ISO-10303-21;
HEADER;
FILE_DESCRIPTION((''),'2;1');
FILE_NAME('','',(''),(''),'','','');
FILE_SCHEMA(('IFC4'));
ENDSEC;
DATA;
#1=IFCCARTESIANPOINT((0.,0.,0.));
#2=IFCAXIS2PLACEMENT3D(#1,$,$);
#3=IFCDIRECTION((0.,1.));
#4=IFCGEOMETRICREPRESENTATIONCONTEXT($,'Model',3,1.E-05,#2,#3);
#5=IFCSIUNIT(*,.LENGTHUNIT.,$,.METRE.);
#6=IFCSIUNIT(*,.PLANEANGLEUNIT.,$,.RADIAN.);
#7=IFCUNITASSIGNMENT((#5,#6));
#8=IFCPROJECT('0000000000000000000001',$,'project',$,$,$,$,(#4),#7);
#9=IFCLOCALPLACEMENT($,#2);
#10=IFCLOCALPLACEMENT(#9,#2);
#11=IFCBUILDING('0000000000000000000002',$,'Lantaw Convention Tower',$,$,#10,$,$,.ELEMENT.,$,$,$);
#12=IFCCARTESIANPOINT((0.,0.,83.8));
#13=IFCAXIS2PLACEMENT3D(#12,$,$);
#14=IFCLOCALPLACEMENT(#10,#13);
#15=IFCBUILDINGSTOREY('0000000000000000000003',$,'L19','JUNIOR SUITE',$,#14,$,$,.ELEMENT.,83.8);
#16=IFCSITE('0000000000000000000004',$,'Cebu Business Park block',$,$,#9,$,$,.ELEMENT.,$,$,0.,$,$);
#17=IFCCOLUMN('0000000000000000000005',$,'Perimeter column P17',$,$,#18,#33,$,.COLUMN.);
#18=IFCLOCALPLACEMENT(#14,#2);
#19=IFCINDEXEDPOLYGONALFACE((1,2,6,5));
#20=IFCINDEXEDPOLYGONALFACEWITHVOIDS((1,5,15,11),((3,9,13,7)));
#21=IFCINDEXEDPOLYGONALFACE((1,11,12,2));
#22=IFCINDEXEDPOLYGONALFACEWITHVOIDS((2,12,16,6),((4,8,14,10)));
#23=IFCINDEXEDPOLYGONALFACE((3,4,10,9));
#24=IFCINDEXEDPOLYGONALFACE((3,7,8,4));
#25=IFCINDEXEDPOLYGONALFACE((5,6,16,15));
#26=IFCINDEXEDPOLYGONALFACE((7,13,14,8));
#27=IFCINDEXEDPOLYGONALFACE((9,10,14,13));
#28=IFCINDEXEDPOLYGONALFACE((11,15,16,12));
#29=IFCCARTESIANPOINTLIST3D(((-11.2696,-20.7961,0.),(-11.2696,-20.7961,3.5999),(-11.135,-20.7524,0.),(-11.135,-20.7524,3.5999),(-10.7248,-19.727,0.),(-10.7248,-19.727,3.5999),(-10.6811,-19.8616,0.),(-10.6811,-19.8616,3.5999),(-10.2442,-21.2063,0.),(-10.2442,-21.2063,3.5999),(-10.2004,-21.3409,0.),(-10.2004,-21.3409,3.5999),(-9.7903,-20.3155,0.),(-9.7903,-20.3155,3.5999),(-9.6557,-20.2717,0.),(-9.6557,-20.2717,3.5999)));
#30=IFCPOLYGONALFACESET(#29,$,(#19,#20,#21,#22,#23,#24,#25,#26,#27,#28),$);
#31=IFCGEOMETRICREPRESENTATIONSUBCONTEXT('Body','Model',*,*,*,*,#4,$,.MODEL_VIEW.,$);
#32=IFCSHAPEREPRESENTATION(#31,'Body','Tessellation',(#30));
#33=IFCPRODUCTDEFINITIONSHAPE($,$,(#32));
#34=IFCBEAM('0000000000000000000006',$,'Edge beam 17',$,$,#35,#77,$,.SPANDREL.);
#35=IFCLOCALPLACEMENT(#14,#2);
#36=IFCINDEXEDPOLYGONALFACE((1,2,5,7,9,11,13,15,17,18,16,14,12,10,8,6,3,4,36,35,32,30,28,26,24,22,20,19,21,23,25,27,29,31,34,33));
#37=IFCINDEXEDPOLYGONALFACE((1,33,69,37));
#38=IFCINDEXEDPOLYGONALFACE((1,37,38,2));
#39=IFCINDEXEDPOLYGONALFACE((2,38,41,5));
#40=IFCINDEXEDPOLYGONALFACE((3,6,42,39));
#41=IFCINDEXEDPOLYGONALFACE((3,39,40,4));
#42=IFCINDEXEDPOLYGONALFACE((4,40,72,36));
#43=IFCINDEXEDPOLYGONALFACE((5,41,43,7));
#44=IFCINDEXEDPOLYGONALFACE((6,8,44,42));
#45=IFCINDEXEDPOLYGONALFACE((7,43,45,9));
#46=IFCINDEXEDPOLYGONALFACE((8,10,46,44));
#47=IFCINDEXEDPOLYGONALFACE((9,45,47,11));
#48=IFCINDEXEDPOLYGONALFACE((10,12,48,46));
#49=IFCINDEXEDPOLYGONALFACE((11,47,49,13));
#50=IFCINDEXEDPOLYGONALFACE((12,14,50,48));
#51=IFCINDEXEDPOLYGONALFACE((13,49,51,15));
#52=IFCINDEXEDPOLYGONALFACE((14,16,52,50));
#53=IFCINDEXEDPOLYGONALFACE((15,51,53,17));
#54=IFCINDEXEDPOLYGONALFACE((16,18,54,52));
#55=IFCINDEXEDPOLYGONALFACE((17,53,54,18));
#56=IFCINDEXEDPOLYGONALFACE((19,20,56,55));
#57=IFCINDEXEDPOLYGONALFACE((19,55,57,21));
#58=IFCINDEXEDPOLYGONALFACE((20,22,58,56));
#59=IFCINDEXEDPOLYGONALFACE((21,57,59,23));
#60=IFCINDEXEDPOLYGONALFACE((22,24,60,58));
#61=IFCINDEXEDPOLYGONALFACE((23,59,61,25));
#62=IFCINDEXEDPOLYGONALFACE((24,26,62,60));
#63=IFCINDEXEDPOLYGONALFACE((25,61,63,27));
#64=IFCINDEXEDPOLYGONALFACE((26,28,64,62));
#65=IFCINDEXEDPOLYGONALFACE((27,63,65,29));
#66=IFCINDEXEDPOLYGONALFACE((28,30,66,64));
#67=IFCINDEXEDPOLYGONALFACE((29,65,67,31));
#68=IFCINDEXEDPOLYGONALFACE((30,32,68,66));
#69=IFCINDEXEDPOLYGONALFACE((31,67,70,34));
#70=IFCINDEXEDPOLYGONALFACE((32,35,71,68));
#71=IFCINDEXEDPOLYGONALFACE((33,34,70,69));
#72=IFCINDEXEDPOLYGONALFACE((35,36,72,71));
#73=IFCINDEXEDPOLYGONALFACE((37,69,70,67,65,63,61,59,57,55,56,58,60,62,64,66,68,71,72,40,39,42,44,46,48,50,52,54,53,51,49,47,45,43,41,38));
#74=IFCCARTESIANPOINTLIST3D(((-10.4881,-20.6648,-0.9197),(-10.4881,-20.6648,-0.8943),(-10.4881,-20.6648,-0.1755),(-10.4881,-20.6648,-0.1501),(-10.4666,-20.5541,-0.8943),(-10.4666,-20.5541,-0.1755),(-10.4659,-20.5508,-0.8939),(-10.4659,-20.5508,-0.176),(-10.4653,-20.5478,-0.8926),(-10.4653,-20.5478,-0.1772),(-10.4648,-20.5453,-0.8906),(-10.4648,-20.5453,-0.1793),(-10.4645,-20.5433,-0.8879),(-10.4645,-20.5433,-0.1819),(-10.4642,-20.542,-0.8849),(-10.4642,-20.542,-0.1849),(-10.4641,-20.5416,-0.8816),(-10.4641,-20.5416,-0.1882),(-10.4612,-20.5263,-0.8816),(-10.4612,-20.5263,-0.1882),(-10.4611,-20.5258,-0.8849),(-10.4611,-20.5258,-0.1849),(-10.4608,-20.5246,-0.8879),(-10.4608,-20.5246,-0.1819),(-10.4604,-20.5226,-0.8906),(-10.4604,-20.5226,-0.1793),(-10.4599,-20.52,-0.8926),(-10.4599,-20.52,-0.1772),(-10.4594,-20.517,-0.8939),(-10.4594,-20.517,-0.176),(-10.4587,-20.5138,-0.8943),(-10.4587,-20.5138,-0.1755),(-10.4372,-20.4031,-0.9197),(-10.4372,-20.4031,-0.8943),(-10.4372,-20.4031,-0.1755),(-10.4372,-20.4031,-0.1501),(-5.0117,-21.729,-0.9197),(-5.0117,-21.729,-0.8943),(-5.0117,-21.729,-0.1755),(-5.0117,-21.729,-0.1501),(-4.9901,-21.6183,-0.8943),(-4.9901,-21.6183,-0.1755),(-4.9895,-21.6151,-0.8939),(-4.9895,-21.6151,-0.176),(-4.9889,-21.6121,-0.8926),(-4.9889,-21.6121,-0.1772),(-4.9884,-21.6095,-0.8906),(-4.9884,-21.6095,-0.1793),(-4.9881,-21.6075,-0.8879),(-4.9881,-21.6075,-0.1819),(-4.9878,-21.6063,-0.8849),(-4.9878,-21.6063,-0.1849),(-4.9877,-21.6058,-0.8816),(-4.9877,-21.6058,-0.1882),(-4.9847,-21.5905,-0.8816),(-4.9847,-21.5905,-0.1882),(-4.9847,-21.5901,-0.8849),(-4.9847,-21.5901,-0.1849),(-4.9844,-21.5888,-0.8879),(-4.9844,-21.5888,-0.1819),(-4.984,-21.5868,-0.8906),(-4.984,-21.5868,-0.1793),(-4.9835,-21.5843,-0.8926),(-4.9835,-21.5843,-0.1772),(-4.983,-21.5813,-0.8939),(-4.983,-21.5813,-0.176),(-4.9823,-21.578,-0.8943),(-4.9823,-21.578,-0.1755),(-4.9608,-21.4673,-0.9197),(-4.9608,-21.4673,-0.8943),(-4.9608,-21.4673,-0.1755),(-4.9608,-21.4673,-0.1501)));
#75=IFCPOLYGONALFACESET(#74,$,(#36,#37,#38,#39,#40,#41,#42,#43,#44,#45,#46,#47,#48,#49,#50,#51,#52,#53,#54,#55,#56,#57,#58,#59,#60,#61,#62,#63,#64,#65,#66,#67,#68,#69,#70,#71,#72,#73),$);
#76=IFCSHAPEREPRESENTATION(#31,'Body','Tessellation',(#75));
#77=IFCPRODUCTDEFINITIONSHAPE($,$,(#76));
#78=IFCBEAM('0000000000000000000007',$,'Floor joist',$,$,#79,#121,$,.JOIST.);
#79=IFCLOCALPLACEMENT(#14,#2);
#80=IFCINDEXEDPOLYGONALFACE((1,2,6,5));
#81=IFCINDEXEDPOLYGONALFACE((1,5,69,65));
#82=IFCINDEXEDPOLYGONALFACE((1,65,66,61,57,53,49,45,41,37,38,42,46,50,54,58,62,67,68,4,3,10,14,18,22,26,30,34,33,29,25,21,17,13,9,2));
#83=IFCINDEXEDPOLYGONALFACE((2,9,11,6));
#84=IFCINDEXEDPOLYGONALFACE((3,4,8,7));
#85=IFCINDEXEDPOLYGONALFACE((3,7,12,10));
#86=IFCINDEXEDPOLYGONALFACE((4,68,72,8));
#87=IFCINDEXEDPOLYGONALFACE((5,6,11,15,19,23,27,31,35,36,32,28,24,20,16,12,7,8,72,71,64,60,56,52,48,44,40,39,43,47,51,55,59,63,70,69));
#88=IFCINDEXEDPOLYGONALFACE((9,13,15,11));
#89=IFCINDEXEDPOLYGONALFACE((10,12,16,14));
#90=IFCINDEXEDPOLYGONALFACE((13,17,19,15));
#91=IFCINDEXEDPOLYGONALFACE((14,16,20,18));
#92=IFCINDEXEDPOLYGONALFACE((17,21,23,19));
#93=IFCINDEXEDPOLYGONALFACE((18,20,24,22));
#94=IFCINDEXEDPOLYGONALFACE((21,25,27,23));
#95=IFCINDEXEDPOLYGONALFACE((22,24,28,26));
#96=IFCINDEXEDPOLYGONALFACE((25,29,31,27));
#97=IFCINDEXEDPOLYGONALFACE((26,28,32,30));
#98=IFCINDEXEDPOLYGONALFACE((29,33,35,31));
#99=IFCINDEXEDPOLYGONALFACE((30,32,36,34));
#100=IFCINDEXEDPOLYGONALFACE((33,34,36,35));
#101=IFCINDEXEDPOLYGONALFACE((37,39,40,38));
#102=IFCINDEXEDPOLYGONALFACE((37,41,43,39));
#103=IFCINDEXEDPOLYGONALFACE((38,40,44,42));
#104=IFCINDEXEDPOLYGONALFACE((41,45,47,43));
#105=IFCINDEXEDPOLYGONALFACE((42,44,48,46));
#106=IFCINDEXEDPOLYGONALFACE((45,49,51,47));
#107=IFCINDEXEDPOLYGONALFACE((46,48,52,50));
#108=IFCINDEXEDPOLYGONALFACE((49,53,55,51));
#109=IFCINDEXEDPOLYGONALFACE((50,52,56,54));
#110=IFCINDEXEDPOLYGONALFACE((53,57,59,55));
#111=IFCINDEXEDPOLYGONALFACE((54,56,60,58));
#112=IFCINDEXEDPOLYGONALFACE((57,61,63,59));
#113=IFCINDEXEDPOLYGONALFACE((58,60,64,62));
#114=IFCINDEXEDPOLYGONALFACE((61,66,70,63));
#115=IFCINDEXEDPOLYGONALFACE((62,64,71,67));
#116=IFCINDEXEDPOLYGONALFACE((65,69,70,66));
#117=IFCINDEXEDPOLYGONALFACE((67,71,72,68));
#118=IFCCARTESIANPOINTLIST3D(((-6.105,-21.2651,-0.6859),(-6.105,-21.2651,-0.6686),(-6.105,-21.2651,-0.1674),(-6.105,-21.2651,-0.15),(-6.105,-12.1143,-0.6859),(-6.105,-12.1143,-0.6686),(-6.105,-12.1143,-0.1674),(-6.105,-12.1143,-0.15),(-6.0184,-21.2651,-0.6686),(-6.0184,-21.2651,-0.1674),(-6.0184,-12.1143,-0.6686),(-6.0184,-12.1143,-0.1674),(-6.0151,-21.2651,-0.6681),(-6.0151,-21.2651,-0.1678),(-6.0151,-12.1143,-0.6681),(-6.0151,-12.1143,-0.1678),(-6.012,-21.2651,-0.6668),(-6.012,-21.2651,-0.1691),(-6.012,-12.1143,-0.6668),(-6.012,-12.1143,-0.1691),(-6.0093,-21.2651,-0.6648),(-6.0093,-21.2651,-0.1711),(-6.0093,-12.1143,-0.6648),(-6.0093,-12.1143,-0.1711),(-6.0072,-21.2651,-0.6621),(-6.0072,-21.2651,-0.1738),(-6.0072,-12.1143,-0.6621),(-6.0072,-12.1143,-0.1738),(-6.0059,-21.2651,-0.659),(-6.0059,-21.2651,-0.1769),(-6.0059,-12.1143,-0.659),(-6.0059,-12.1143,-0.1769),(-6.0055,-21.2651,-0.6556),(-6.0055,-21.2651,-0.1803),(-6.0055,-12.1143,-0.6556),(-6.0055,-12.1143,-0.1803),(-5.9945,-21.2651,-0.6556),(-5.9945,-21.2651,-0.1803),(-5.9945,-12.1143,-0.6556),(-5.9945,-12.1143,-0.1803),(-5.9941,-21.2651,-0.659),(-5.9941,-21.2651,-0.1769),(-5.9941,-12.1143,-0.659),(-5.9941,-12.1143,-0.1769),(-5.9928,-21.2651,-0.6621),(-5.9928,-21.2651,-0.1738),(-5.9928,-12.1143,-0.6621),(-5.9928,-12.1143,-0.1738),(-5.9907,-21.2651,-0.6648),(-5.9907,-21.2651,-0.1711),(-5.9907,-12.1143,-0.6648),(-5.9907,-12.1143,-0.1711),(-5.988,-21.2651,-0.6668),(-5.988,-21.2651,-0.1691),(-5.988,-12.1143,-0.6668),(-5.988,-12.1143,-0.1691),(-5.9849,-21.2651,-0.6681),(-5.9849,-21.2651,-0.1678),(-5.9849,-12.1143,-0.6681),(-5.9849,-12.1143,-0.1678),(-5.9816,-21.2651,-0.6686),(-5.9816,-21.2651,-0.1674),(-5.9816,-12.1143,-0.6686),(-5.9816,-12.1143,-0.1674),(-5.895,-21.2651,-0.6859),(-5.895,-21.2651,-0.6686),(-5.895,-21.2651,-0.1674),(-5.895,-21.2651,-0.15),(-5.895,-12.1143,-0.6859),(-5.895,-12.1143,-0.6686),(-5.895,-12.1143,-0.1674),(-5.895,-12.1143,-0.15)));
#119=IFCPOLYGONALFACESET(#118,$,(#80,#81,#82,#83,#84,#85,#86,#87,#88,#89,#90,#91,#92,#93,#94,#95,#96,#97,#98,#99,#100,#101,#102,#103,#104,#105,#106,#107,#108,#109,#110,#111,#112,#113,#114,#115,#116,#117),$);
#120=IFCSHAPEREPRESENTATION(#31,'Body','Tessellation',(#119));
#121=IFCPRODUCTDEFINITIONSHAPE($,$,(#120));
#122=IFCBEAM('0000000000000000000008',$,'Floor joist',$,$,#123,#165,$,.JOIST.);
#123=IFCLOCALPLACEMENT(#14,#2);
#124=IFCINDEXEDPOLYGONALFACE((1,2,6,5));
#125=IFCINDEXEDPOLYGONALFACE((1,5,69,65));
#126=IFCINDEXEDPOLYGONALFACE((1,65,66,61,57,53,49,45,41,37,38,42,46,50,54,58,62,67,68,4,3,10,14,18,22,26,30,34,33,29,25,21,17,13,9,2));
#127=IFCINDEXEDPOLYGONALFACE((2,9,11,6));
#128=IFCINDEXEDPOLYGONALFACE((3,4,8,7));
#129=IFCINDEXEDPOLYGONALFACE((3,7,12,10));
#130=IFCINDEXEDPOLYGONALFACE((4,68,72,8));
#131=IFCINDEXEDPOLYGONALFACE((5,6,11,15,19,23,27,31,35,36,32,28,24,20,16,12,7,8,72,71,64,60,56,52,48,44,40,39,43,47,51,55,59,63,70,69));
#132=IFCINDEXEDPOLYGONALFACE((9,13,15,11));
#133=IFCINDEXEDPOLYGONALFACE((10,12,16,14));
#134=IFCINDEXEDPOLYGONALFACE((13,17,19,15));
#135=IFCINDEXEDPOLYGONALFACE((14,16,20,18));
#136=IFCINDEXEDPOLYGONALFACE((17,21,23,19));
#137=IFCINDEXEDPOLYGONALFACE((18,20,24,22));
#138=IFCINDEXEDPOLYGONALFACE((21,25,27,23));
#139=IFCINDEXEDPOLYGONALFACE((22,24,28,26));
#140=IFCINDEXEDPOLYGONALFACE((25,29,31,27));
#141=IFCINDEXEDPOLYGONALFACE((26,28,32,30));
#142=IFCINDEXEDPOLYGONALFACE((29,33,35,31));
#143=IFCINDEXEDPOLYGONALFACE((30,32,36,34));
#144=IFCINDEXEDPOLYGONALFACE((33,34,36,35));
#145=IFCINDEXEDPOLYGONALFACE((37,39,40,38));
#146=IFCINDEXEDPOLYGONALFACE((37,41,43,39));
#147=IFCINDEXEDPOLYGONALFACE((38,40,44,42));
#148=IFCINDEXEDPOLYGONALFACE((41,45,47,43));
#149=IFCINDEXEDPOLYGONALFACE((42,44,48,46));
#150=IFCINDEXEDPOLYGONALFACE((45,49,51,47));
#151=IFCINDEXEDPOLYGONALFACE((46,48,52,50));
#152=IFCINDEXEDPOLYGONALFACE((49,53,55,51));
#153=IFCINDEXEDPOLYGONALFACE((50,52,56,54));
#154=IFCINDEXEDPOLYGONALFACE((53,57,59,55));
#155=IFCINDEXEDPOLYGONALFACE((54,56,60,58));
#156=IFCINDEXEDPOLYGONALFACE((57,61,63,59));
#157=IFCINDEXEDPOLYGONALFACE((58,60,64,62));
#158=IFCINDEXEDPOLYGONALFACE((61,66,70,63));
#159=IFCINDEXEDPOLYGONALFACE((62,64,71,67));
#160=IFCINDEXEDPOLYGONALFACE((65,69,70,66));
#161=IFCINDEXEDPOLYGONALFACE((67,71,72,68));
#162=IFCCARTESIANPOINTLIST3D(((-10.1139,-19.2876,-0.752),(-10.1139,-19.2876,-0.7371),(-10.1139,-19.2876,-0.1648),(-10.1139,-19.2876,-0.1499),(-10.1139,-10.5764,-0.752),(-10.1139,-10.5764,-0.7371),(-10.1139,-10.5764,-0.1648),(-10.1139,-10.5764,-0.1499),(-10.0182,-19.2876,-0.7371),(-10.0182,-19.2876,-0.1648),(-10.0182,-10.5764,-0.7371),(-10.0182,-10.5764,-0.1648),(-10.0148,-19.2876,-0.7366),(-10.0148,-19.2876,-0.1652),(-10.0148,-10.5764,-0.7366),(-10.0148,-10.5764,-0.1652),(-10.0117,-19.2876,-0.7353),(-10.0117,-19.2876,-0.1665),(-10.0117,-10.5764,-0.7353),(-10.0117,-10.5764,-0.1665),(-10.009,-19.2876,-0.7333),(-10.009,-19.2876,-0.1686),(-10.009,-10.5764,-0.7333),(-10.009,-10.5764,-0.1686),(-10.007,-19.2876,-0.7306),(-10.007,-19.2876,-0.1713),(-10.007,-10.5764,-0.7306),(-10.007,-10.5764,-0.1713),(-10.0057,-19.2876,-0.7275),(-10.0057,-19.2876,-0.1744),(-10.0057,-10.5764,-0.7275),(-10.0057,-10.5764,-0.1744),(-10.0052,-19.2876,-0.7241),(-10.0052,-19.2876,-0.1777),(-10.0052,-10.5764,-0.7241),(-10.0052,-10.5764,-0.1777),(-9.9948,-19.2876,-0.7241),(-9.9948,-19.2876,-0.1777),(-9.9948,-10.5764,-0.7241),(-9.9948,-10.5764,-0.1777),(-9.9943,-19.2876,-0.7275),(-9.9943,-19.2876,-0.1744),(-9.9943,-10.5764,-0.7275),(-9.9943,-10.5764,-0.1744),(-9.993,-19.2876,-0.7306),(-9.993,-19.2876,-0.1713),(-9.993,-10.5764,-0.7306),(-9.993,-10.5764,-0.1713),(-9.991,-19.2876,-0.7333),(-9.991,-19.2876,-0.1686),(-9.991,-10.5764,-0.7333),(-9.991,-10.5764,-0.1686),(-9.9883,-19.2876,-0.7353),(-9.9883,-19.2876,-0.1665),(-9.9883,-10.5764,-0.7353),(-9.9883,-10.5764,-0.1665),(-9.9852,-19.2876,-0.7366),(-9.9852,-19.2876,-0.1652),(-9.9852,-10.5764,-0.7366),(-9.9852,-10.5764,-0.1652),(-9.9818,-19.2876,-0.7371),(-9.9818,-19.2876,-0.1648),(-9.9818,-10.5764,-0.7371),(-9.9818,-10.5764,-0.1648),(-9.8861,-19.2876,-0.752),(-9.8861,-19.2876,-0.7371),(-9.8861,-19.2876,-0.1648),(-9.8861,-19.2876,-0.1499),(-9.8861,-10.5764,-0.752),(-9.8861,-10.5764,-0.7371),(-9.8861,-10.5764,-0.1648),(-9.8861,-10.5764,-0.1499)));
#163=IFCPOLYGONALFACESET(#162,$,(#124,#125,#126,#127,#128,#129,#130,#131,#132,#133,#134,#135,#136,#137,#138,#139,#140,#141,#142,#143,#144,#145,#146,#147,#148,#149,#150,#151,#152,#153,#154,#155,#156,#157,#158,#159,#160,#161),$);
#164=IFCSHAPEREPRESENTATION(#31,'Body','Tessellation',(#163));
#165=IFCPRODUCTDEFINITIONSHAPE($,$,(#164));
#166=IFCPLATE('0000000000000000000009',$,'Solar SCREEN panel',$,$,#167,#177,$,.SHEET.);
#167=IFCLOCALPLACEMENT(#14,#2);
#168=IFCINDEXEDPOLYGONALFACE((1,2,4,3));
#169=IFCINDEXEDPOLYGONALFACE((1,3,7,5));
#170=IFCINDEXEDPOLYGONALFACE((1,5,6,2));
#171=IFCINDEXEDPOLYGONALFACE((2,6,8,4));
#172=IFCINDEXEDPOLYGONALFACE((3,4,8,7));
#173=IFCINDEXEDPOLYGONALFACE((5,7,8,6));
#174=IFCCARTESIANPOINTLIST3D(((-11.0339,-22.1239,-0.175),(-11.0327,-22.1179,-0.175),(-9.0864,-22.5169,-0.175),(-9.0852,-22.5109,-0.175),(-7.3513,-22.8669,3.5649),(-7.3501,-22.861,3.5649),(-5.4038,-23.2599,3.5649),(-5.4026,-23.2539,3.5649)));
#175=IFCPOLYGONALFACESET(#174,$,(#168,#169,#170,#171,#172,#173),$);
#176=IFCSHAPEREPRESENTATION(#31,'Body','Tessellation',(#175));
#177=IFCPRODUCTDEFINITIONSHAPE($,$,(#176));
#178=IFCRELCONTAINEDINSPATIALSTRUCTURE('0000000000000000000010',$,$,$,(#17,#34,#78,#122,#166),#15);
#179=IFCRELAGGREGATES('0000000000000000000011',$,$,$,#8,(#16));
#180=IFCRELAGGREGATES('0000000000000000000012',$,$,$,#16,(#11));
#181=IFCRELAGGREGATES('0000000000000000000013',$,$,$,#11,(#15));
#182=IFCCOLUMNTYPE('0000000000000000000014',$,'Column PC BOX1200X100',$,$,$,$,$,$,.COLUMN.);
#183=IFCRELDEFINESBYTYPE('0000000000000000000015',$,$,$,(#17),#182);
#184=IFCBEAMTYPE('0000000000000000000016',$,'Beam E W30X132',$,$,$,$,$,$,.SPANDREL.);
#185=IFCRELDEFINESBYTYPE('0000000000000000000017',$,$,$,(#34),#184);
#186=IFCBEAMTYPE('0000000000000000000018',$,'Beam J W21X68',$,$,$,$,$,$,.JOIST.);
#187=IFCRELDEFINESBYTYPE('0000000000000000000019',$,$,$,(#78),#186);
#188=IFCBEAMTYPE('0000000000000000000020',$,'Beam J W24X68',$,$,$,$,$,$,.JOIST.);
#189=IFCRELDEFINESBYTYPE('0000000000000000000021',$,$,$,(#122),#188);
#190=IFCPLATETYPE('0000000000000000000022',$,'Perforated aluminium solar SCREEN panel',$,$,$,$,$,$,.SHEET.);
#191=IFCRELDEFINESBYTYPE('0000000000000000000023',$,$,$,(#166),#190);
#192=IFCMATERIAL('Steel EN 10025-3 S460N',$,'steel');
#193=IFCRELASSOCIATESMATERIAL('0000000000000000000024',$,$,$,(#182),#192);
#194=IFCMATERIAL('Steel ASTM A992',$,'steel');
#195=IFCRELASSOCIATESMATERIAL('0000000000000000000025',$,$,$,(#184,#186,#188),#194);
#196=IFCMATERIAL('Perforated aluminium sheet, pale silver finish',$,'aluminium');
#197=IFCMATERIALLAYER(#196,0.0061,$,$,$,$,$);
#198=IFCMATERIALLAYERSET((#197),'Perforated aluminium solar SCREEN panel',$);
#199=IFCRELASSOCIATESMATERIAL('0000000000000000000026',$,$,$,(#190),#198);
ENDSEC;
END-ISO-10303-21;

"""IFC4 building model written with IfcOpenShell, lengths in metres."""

from ifc_helpers import new_model, si_unit, direction, frame, origin, origin_2d, place, context, subcontext, project, spatial, polyline, rectangle, hollow_rectangle, i_section, outline, extrude, material, layer, layer_set, material_profile, profile_set, type_object, element, save


model = new_model("IFC4")

# Units and contexts
model_context = context("Model", 3, precision=1e-05, world=origin(), true_north=direction((0.0, 1.0)))
body_context = subcontext(model_context, "Body", "Model", "MODEL_VIEW")
ifc_project = project(units=[si_unit("LENGTHUNIT", "METRE"), si_unit("PLANEANGLEUNIT", "RADIAN")], contexts=[model_context])

# Site, building, storey
site_placement = place(None, origin())
site = spatial("IfcSite", under=ifc_project, at=site_placement, Name="Cebu Business Park block", CompositionType="ELEMENT", RefElevation=0.0)
building_placement = place(site_placement, origin())
building = spatial("IfcBuilding", under=site, at=building_placement, Name="Lantaw Convention Tower", CompositionType="ELEMENT")
storey_placement = place(building_placement, frame((0.0, 0.0, 83.8)))
storey = spatial("IfcBuildingStorey", under=building, at=storey_placement, Name="L19", Description="JUNIOR SUITE", CompositionType="ELEMENT", Elevation=83.8)

# Column
ifc_material_1 = material(Name="Steel EN 10025-3 S460N", Category="steel")
ifc_material_profile_1 = material_profile(ifc_material_1, hollow_rectangle(XDim=1.2, YDim=1.2, WallThickness=0.1001, at=origin_2d()), Name="BOX1200X100")
ifc_material_2 = material(Name="Concrete C60/75", Category="concrete")
ifc_material_profile_2 = material_profile(ifc_material_2, rectangle(XDim=1.0, YDim=1.0, at=origin_2d()), Name="Concrete fill of BOX1200X100")
ifc_profile_set_1 = profile_set([ifc_material_profile_1, ifc_material_profile_2], Name="Steel EN 10025-3 S460N")
column_type = type_object("IfcColumnType", Name="Column PC BOX1200X100", PredefinedType="COLUMN", material=ifc_profile_set_1)
column_placement = place(storey_placement, frame((-10.4626, -20.5339, 0.0), z_axis=(0.0, 0.0, 1.0), x_axis=(0.45399, 0.891007, 0.0)))
element("IfcColumn", 1, at=column_placement, inside=storey, type_object=column_type, Name="Perimeter column P17", PredefinedType="COLUMN", context=body_context, shape_type="SweptSolid", body=[
    extrude(hollow_rectangle(XDim=1.2, YDim=1.2, WallThickness=0.1001, at=origin_2d()), origin(), (0.0, 0.0, 1.0), 3.5999),
])

# Beams
ifc_material_3 = material(Name="Steel ASTM A992", Category="steel")
ifc_material_profile_3 = material_profile(ifc_material_3, i_section(OverallWidth=0.2666, OverallDepth=0.7695, WebThickness=0.0156, FlangeThickness=0.0254, FilletRadius=0.0127, at=origin_2d()), Name="W30X132")
ifc_profile_set_2 = profile_set([ifc_material_profile_3], Name="Steel ASTM A992")
beam_type_1 = type_object("IfcBeamType", Name="Beam E W30X132", PredefinedType="SPANDREL", material=ifc_profile_set_2)
beam_1_placement = place(storey_placement, frame((-10.4626, -20.5339, -0.5349), z_axis=(0.981637, -0.190761, 0.0), x_axis=(0.190761, 0.981637, 0.0)))
element("IfcBeam", 2, at=beam_1_placement, inside=storey, type_object=beam_type_1, Name="Edge beam 17", PredefinedType="SPANDREL", context=body_context, shape_type="SweptSolid", body=[
    extrude(i_section(OverallWidth=0.2666, OverallDepth=0.7695, WebThickness=0.0156, FlangeThickness=0.0254, FilletRadius=0.0127, at=origin_2d()), origin(), (0.0, 0.0, 1.0), 5.5789),
])
ifc_material_profile_4 = material_profile(ifc_material_3, i_section(OverallWidth=0.21, OverallDepth=0.5359, WebThickness=0.011, FlangeThickness=0.0173, FilletRadius=0.0129, at=origin_2d()), Name="W21X68")
ifc_profile_set_3 = profile_set([ifc_material_profile_4], Name="Steel ASTM A992")
beam_type_2 = type_object("IfcBeamType", Name="Beam J W21X68", PredefinedType="JOIST", material=ifc_profile_set_3)
beam_2_placement = place(storey_placement, frame((-6.0, -21.2651, -0.418), z_axis=(0.0, 1.0, 0.0), x_axis=(-1.0, 0.0, 0.0)))
element("IfcBeam", 3, at=beam_2_placement, inside=storey, type_object=beam_type_2, Name="Floor joist", PredefinedType="JOIST", context=body_context, shape_type="SweptSolid", body=[
    extrude(i_section(OverallWidth=0.21, OverallDepth=0.5359, WebThickness=0.011, FlangeThickness=0.0173, FilletRadius=0.0129, at=origin_2d()), origin(), (0.0, 0.0, 1.0), 9.1509),
])
ifc_material_profile_5 = material_profile(ifc_material_3, i_section(OverallWidth=0.2278, OverallDepth=0.6021, WebThickness=0.0105, FlangeThickness=0.0149, FilletRadius=0.0129, at=origin_2d()), Name="W24X68")
ifc_profile_set_4 = profile_set([ifc_material_profile_5], Name="Steel ASTM A992")
beam_type_3 = type_object("IfcBeamType", Name="Beam J W24X68", PredefinedType="JOIST", material=ifc_profile_set_4)
beam_3_placement = place(storey_placement, frame((-10.0, -19.2876, -0.4509), z_axis=(0.0, 1.0, 0.0), x_axis=(-1.0, 0.0, 0.0)))
element("IfcBeam", 4, at=beam_3_placement, inside=storey, type_object=beam_type_3, Name="Floor joist", PredefinedType="JOIST", context=body_context, shape_type="SweptSolid", body=[
    extrude(i_section(OverallWidth=0.2278, OverallDepth=0.6021, WebThickness=0.0105, FlangeThickness=0.0149, FilletRadius=0.0129, at=origin_2d()), origin(), (0.0, 0.0, 1.0), 8.7112),
])

# Plate
ifc_material_4 = material(Name="Perforated aluminium sheet, pale silver finish", Category="aluminium")
ifc_layer_1 = layer(ifc_material_4, 0.0061)
ifc_layer_set_1 = layer_set([ifc_layer_1], Name="Perforated aluminium solar SCREEN panel")
plate_type = type_object("IfcPlateType", Name="Perforated aluminium solar SCREEN panel", PredefinedType="SHEET", material=ifc_layer_set_1)
plate_1_placement = place(storey_placement, frame((-11.0327, -22.1179, -0.175), z_axis=(0.197782, 0.980246, 0.000002), x_axis=(0.980246, -0.197782, 0.0)))
element("IfcPlate", 5, at=plate_1_placement, inside=storey, type_object=plate_type, Name="Solar SCREEN panel", PredefinedType="SHEET", context=body_context, shape_type="SweptSolid", body=[
    extrude(outline(polyline([(0.0, 0.0), (1.9868, 0.0), (5.7436, -3.74), (3.7569, -3.74), (0.0, 0.0)])), origin(), (0.0, 0.0, -1.0), 0.0061),
])

save(model, "model.ifc")
